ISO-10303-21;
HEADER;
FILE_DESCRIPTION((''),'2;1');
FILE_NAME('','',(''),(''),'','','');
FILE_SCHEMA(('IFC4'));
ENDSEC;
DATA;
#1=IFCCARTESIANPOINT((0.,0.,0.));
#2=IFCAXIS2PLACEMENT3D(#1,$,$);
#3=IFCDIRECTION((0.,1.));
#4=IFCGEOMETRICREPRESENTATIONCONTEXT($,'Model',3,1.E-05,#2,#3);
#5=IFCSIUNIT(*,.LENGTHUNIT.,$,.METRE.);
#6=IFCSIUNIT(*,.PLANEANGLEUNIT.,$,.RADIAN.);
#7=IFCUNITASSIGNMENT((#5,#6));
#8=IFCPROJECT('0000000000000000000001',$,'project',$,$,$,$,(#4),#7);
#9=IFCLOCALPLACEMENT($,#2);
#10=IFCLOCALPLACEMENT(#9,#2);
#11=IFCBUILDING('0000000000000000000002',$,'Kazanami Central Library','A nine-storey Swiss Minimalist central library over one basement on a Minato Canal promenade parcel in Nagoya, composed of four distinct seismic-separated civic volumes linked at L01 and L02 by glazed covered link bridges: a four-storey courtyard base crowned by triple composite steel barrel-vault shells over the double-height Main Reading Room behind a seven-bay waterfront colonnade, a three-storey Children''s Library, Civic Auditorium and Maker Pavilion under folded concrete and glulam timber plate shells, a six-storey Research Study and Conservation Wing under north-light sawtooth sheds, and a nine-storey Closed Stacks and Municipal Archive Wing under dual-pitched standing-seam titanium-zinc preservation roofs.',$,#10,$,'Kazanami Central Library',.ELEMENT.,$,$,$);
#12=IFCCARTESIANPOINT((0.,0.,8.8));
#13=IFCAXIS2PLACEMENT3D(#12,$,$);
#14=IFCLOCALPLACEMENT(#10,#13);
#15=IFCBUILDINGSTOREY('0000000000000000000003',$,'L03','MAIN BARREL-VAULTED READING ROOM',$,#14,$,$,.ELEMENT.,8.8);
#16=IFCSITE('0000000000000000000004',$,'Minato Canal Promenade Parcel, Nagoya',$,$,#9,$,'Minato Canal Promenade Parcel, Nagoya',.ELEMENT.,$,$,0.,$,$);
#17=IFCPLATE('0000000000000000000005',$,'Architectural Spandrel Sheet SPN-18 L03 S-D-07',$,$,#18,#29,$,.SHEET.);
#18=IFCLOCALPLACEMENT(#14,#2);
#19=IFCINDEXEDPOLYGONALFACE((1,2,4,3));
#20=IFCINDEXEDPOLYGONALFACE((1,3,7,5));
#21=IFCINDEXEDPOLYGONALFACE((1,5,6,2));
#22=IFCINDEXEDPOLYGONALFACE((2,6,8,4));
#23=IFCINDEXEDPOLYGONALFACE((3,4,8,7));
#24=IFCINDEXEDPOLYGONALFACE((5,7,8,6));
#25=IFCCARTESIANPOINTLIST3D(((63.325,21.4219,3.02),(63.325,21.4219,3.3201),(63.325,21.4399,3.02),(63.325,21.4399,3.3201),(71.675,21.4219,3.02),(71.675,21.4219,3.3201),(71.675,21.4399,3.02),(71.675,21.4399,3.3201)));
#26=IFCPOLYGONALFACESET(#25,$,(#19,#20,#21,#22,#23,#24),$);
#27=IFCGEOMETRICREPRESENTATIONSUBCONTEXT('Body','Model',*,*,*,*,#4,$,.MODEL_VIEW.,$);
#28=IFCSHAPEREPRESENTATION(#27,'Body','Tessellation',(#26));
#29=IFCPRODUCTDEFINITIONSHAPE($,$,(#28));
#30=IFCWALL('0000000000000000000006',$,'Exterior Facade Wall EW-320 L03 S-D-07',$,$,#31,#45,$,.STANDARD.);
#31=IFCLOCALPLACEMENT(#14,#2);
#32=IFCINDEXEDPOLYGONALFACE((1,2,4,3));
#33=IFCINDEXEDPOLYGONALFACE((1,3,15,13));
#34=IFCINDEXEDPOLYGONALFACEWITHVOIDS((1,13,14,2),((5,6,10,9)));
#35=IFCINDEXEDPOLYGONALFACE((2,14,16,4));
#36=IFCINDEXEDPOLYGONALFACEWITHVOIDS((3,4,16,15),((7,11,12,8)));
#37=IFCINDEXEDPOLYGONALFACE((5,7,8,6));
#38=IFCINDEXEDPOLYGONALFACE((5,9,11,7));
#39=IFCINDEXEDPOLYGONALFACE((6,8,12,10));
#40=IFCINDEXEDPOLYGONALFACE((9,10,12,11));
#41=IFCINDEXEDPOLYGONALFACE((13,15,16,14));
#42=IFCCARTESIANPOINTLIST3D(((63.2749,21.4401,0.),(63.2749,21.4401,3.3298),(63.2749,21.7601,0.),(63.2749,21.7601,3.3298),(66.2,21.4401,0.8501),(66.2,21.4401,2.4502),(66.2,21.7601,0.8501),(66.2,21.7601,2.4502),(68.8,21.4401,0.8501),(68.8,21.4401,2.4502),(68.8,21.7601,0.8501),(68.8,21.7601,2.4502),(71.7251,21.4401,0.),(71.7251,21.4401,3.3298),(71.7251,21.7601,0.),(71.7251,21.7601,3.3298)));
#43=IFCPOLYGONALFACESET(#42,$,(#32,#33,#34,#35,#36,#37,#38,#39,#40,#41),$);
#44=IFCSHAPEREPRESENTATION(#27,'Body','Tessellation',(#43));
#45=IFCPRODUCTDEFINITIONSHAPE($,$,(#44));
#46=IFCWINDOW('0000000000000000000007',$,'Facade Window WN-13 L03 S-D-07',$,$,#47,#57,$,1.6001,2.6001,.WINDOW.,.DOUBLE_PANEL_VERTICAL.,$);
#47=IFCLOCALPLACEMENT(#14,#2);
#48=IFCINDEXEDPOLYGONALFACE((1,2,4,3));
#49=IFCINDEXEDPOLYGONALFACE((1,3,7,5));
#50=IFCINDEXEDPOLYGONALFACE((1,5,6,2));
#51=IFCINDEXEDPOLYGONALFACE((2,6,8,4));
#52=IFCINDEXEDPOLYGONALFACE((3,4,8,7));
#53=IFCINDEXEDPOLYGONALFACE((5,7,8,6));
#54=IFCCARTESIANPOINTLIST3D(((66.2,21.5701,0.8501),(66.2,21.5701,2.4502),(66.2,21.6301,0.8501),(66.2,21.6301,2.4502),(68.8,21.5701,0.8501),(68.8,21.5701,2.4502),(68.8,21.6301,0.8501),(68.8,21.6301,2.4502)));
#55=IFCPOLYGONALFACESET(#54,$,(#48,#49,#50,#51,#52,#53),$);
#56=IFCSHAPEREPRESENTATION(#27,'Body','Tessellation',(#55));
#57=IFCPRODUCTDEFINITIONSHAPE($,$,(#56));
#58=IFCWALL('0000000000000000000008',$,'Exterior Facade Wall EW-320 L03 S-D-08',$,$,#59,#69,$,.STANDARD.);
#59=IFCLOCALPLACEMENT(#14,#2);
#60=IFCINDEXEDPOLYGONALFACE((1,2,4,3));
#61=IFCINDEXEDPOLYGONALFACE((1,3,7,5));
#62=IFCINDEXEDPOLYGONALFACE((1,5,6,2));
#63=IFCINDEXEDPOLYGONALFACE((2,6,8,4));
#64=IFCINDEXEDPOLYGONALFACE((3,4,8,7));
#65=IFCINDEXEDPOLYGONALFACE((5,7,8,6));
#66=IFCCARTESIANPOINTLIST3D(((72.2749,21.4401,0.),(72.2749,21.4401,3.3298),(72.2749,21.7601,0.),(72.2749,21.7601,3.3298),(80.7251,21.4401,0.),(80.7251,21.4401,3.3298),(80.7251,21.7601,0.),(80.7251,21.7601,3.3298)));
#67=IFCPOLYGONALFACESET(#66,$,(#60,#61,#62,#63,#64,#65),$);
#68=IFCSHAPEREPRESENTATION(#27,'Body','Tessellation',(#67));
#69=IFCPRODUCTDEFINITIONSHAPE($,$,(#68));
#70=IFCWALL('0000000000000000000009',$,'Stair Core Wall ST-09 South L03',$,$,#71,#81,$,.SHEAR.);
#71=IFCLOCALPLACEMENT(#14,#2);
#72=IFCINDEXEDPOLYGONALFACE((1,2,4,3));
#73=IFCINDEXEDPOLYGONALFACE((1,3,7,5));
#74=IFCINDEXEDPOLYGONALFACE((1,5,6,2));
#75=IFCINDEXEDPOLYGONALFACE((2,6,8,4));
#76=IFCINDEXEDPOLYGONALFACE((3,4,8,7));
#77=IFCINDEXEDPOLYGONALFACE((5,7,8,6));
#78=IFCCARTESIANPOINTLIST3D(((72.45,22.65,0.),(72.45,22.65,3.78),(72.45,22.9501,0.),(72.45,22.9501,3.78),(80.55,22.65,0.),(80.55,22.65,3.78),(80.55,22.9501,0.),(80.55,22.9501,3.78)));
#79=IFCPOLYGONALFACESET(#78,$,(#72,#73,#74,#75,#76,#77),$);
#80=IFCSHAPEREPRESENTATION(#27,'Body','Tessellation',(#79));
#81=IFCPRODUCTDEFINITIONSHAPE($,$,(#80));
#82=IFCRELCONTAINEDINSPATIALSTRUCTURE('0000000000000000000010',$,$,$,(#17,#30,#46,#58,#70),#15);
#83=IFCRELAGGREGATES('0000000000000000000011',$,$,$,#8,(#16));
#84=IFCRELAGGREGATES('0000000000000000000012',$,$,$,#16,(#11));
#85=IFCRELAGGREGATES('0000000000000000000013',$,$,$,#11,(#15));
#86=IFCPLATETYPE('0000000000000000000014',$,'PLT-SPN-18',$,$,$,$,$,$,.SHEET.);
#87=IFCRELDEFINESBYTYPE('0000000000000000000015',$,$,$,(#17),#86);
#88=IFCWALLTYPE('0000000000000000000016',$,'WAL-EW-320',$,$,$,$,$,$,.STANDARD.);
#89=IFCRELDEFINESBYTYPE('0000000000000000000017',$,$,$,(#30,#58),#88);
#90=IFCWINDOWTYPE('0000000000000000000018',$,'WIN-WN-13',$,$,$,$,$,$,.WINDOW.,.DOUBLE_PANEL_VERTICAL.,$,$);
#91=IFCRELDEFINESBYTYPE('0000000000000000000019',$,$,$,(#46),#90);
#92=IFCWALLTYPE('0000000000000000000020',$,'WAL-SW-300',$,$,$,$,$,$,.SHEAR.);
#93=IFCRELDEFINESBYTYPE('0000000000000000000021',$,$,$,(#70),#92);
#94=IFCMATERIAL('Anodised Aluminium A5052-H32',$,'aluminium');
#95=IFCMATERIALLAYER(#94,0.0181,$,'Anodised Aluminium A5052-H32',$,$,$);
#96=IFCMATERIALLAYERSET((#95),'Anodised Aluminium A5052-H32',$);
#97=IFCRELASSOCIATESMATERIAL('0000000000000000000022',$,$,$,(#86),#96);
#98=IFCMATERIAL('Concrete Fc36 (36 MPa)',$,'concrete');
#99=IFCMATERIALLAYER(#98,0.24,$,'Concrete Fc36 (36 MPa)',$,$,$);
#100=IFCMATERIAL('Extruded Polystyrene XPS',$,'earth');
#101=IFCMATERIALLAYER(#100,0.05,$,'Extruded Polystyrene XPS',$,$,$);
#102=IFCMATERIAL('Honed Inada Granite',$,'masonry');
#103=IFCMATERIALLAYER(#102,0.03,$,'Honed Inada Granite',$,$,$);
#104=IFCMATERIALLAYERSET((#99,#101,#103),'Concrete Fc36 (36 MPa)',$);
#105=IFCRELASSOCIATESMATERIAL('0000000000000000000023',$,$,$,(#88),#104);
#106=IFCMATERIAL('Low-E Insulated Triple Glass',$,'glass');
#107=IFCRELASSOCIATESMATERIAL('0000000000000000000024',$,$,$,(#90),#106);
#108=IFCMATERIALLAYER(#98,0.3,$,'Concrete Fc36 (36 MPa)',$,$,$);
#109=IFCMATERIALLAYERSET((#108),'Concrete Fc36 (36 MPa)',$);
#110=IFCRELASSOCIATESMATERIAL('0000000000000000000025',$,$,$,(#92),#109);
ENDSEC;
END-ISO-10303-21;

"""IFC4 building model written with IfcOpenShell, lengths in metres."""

from ifc_helpers import new_model, si_unit, direction, frame, frame_2d, origin, origin_2d, place, context, subcontext, project, spatial, rectangle, extrude, material, layer, layer_set, type_object, element, fill, save


model = new_model("IFC4")

# Units and contexts
model_context = context("Model", 3, precision=1e-05, world=origin(), true_north=direction((0.0, 1.0)))
body_context = subcontext(model_context, "Body", "Model", "MODEL_VIEW")
ifc_project = project(units=[si_unit("LENGTHUNIT", "METRE"), si_unit("PLANEANGLEUNIT", "RADIAN")], contexts=[model_context])

# Site, building, storey
site_placement = place(None, origin())
site = spatial("IfcSite", under=ifc_project, at=site_placement, Name="Minato Canal Promenade Parcel, Nagoya", LongName="Minato Canal Promenade Parcel, Nagoya", CompositionType="ELEMENT", RefElevation=0.0)
building_placement = place(site_placement, origin())
building = spatial("IfcBuilding", under=site, at=building_placement, Name="Kazanami Central Library", Description="A nine-storey Swiss Minimalist central library over one basement on a Minato Canal promenade parcel in Nagoya, composed of four distinct seismic-separated civic volumes linked at L01 and L02 by glazed covered link bridges: a four-storey courtyard base crowned by triple composite steel barrel-vault shells over the double-height Main Reading Room behind a seven-bay waterfront colonnade, a three-storey Children's Library, Civic Auditorium and Maker Pavilion under folded concrete and glulam timber plate shells, a six-storey Research Study and Conservation Wing under north-light sawtooth sheds, and a nine-storey Closed Stacks and Municipal Archive Wing under dual-pitched standing-seam titanium-zinc preservation roofs.", LongName="Kazanami Central Library", CompositionType="ELEMENT")
storey_placement = place(building_placement, frame((0.0, 0.0, 8.8)))
storey = spatial("IfcBuildingStorey", under=building, at=storey_placement, Name="L03", Description="MAIN BARREL-VAULTED READING ROOM", CompositionType="ELEMENT", Elevation=8.8)

# Plate
ifc_material_1 = material(Name="Anodised Aluminium A5052-H32", Category="aluminium")
ifc_layer_1 = layer(ifc_material_1, 0.0181, Name="Anodised Aluminium A5052-H32")
ifc_layer_set_1 = layer_set([ifc_layer_1], Name="Anodised Aluminium A5052-H32")
plate_type_1 = type_object("IfcPlateType", Name="PLT-SPN-18", PredefinedType="SHEET", material=ifc_layer_set_1)
plate_1_placement = place(storey_placement, frame((67.5, 21.4309, 3.02), z_axis=(0.0, 0.0, 1.0), x_axis=(1.0, 0.0, 0.0)))
element("IfcPlate", 1, at=plate_1_placement, inside=storey, type_object=plate_type_1, Name="Architectural Spandrel Sheet SPN-18 L03 S-D-07", PredefinedType="SHEET", context=body_context, shape_type="SweptSolid", body=[
    extrude(rectangle(XDim=8.3501, YDim=0.0181, at=origin_2d()), origin(), (0.0, 0.0, 1.0), 0.3),
])

# Wall, opening, window
ifc_material_2 = material(Name="Concrete Fc36 (36 MPa)", Category="concrete")
ifc_layer_2 = layer(ifc_material_2, 0.24, Name="Concrete Fc36 (36 MPa)")
ifc_material_3 = material(Name="Extruded Polystyrene XPS", Category="earth")
ifc_layer_3 = layer(ifc_material_3, 0.05, Name="Extruded Polystyrene XPS")
ifc_material_4 = material(Name="Honed Inada Granite", Category="masonry")
ifc_layer_4 = layer(ifc_material_4, 0.03, Name="Honed Inada Granite")
ifc_layer_set_2 = layer_set([ifc_layer_2, ifc_layer_3, ifc_layer_4], Name="Concrete Fc36 (36 MPa)")
wall_type_1 = type_object("IfcWallType", Name="WAL-EW-320", PredefinedType="STANDARD", material=ifc_layer_set_2)
wall_1_placement = place(storey_placement, frame((63.2749, 21.6001, 0.0), z_axis=(0.0, 0.0, 1.0), x_axis=(1.0, 0.0, 0.0)))
wall_1 = element("IfcWall", 2, at=wall_1_placement, inside=storey, type_object=wall_type_1, Name="Exterior Facade Wall EW-320 L03 S-D-07", PredefinedType="STANDARD", context=body_context, shape_type="SweptSolid", body=[
    extrude(rectangle(XDim=8.4502, YDim=0.3201, at=frame_2d((4.2251, 0.0))), origin(), (0.0, 0.0, 1.0), 3.3298),
])
opening_placement = place(wall_1_placement, frame((2.925, 0.0, 0.8501)))
opening = element("IfcOpeningElement", 3, at=opening_placement, cuts=wall_1, PredefinedType="OPENING", context=body_context, shape_type="SweptSolid", body=[
    extrude(rectangle(XDim=2.6001, YDim=1.6001, at=frame_2d((1.3, 0.8))), frame((0.0, 0.1719, 0.0), z_axis=(0.0, -1.0, 0.0), x_axis=(1.0, 0.0, 0.0)), (0.0, 0.0, 1.0), 0.344),
])
ifc_material_5 = material(Name="Low-E Insulated Triple Glass", Category="glass")
window_type = type_object("IfcWindowType", Name="WIN-WN-13", PartitioningType="DOUBLE_PANEL_VERTICAL", PredefinedType="WINDOW", material=ifc_material_5)
window_placement = place(opening_placement, origin())
window = element("IfcWindow", 4, at=window_placement, inside=storey, type_object=window_type, Name="Facade Window WN-13 L03 S-D-07", OverallHeight=1.6001, OverallWidth=2.6001, PartitioningType="DOUBLE_PANEL_VERTICAL", PredefinedType="WINDOW", context=body_context, shape_type="SweptSolid", body=[
    extrude(rectangle(XDim=2.6001, YDim=1.6001, at=frame_2d((1.3, 0.8))), frame((0.0, 0.03, 0.0), z_axis=(0.0, -1.0, 0.0), x_axis=(1.0, 0.0, 0.0)), (0.0, 0.0, 1.0), 0.0601),
])
fill(opening, window)

# Walls
wall_2_placement = place(storey_placement, frame((72.2749, 21.6001, 0.0), z_axis=(0.0, 0.0, 1.0), x_axis=(1.0, 0.0, 0.0)))
element("IfcWall", 5, at=wall_2_placement, inside=storey, type_object=wall_type_1, Name="Exterior Facade Wall EW-320 L03 S-D-08", PredefinedType="STANDARD", context=body_context, shape_type="SweptSolid", body=[
    extrude(rectangle(XDim=8.4502, YDim=0.3201, at=frame_2d((4.2251, 0.0))), origin(), (0.0, 0.0, 1.0), 3.3298),
])
ifc_layer_5 = layer(ifc_material_2, 0.3, Name="Concrete Fc36 (36 MPa)")
ifc_layer_set_3 = layer_set([ifc_layer_5], Name="Concrete Fc36 (36 MPa)")
wall_type_2 = type_object("IfcWallType", Name="WAL-SW-300", PredefinedType="SHEAR", material=ifc_layer_set_3)
wall_3_placement = place(storey_placement, frame((72.45, 22.8, 0.0), z_axis=(0.0, 0.0, 1.0), x_axis=(1.0, 0.0, 0.0)))
element("IfcWall", 6, at=wall_3_placement, inside=storey, type_object=wall_type_2, Name="Stair Core Wall ST-09 South L03", PredefinedType="SHEAR", context=body_context, shape_type="SweptSolid", body=[
    extrude(rectangle(XDim=8.1001, YDim=0.3, at=frame_2d((4.05, 0.0))), origin(), (0.0, 0.0, 1.0), 3.78),
])

save(model, "model.ifc")
